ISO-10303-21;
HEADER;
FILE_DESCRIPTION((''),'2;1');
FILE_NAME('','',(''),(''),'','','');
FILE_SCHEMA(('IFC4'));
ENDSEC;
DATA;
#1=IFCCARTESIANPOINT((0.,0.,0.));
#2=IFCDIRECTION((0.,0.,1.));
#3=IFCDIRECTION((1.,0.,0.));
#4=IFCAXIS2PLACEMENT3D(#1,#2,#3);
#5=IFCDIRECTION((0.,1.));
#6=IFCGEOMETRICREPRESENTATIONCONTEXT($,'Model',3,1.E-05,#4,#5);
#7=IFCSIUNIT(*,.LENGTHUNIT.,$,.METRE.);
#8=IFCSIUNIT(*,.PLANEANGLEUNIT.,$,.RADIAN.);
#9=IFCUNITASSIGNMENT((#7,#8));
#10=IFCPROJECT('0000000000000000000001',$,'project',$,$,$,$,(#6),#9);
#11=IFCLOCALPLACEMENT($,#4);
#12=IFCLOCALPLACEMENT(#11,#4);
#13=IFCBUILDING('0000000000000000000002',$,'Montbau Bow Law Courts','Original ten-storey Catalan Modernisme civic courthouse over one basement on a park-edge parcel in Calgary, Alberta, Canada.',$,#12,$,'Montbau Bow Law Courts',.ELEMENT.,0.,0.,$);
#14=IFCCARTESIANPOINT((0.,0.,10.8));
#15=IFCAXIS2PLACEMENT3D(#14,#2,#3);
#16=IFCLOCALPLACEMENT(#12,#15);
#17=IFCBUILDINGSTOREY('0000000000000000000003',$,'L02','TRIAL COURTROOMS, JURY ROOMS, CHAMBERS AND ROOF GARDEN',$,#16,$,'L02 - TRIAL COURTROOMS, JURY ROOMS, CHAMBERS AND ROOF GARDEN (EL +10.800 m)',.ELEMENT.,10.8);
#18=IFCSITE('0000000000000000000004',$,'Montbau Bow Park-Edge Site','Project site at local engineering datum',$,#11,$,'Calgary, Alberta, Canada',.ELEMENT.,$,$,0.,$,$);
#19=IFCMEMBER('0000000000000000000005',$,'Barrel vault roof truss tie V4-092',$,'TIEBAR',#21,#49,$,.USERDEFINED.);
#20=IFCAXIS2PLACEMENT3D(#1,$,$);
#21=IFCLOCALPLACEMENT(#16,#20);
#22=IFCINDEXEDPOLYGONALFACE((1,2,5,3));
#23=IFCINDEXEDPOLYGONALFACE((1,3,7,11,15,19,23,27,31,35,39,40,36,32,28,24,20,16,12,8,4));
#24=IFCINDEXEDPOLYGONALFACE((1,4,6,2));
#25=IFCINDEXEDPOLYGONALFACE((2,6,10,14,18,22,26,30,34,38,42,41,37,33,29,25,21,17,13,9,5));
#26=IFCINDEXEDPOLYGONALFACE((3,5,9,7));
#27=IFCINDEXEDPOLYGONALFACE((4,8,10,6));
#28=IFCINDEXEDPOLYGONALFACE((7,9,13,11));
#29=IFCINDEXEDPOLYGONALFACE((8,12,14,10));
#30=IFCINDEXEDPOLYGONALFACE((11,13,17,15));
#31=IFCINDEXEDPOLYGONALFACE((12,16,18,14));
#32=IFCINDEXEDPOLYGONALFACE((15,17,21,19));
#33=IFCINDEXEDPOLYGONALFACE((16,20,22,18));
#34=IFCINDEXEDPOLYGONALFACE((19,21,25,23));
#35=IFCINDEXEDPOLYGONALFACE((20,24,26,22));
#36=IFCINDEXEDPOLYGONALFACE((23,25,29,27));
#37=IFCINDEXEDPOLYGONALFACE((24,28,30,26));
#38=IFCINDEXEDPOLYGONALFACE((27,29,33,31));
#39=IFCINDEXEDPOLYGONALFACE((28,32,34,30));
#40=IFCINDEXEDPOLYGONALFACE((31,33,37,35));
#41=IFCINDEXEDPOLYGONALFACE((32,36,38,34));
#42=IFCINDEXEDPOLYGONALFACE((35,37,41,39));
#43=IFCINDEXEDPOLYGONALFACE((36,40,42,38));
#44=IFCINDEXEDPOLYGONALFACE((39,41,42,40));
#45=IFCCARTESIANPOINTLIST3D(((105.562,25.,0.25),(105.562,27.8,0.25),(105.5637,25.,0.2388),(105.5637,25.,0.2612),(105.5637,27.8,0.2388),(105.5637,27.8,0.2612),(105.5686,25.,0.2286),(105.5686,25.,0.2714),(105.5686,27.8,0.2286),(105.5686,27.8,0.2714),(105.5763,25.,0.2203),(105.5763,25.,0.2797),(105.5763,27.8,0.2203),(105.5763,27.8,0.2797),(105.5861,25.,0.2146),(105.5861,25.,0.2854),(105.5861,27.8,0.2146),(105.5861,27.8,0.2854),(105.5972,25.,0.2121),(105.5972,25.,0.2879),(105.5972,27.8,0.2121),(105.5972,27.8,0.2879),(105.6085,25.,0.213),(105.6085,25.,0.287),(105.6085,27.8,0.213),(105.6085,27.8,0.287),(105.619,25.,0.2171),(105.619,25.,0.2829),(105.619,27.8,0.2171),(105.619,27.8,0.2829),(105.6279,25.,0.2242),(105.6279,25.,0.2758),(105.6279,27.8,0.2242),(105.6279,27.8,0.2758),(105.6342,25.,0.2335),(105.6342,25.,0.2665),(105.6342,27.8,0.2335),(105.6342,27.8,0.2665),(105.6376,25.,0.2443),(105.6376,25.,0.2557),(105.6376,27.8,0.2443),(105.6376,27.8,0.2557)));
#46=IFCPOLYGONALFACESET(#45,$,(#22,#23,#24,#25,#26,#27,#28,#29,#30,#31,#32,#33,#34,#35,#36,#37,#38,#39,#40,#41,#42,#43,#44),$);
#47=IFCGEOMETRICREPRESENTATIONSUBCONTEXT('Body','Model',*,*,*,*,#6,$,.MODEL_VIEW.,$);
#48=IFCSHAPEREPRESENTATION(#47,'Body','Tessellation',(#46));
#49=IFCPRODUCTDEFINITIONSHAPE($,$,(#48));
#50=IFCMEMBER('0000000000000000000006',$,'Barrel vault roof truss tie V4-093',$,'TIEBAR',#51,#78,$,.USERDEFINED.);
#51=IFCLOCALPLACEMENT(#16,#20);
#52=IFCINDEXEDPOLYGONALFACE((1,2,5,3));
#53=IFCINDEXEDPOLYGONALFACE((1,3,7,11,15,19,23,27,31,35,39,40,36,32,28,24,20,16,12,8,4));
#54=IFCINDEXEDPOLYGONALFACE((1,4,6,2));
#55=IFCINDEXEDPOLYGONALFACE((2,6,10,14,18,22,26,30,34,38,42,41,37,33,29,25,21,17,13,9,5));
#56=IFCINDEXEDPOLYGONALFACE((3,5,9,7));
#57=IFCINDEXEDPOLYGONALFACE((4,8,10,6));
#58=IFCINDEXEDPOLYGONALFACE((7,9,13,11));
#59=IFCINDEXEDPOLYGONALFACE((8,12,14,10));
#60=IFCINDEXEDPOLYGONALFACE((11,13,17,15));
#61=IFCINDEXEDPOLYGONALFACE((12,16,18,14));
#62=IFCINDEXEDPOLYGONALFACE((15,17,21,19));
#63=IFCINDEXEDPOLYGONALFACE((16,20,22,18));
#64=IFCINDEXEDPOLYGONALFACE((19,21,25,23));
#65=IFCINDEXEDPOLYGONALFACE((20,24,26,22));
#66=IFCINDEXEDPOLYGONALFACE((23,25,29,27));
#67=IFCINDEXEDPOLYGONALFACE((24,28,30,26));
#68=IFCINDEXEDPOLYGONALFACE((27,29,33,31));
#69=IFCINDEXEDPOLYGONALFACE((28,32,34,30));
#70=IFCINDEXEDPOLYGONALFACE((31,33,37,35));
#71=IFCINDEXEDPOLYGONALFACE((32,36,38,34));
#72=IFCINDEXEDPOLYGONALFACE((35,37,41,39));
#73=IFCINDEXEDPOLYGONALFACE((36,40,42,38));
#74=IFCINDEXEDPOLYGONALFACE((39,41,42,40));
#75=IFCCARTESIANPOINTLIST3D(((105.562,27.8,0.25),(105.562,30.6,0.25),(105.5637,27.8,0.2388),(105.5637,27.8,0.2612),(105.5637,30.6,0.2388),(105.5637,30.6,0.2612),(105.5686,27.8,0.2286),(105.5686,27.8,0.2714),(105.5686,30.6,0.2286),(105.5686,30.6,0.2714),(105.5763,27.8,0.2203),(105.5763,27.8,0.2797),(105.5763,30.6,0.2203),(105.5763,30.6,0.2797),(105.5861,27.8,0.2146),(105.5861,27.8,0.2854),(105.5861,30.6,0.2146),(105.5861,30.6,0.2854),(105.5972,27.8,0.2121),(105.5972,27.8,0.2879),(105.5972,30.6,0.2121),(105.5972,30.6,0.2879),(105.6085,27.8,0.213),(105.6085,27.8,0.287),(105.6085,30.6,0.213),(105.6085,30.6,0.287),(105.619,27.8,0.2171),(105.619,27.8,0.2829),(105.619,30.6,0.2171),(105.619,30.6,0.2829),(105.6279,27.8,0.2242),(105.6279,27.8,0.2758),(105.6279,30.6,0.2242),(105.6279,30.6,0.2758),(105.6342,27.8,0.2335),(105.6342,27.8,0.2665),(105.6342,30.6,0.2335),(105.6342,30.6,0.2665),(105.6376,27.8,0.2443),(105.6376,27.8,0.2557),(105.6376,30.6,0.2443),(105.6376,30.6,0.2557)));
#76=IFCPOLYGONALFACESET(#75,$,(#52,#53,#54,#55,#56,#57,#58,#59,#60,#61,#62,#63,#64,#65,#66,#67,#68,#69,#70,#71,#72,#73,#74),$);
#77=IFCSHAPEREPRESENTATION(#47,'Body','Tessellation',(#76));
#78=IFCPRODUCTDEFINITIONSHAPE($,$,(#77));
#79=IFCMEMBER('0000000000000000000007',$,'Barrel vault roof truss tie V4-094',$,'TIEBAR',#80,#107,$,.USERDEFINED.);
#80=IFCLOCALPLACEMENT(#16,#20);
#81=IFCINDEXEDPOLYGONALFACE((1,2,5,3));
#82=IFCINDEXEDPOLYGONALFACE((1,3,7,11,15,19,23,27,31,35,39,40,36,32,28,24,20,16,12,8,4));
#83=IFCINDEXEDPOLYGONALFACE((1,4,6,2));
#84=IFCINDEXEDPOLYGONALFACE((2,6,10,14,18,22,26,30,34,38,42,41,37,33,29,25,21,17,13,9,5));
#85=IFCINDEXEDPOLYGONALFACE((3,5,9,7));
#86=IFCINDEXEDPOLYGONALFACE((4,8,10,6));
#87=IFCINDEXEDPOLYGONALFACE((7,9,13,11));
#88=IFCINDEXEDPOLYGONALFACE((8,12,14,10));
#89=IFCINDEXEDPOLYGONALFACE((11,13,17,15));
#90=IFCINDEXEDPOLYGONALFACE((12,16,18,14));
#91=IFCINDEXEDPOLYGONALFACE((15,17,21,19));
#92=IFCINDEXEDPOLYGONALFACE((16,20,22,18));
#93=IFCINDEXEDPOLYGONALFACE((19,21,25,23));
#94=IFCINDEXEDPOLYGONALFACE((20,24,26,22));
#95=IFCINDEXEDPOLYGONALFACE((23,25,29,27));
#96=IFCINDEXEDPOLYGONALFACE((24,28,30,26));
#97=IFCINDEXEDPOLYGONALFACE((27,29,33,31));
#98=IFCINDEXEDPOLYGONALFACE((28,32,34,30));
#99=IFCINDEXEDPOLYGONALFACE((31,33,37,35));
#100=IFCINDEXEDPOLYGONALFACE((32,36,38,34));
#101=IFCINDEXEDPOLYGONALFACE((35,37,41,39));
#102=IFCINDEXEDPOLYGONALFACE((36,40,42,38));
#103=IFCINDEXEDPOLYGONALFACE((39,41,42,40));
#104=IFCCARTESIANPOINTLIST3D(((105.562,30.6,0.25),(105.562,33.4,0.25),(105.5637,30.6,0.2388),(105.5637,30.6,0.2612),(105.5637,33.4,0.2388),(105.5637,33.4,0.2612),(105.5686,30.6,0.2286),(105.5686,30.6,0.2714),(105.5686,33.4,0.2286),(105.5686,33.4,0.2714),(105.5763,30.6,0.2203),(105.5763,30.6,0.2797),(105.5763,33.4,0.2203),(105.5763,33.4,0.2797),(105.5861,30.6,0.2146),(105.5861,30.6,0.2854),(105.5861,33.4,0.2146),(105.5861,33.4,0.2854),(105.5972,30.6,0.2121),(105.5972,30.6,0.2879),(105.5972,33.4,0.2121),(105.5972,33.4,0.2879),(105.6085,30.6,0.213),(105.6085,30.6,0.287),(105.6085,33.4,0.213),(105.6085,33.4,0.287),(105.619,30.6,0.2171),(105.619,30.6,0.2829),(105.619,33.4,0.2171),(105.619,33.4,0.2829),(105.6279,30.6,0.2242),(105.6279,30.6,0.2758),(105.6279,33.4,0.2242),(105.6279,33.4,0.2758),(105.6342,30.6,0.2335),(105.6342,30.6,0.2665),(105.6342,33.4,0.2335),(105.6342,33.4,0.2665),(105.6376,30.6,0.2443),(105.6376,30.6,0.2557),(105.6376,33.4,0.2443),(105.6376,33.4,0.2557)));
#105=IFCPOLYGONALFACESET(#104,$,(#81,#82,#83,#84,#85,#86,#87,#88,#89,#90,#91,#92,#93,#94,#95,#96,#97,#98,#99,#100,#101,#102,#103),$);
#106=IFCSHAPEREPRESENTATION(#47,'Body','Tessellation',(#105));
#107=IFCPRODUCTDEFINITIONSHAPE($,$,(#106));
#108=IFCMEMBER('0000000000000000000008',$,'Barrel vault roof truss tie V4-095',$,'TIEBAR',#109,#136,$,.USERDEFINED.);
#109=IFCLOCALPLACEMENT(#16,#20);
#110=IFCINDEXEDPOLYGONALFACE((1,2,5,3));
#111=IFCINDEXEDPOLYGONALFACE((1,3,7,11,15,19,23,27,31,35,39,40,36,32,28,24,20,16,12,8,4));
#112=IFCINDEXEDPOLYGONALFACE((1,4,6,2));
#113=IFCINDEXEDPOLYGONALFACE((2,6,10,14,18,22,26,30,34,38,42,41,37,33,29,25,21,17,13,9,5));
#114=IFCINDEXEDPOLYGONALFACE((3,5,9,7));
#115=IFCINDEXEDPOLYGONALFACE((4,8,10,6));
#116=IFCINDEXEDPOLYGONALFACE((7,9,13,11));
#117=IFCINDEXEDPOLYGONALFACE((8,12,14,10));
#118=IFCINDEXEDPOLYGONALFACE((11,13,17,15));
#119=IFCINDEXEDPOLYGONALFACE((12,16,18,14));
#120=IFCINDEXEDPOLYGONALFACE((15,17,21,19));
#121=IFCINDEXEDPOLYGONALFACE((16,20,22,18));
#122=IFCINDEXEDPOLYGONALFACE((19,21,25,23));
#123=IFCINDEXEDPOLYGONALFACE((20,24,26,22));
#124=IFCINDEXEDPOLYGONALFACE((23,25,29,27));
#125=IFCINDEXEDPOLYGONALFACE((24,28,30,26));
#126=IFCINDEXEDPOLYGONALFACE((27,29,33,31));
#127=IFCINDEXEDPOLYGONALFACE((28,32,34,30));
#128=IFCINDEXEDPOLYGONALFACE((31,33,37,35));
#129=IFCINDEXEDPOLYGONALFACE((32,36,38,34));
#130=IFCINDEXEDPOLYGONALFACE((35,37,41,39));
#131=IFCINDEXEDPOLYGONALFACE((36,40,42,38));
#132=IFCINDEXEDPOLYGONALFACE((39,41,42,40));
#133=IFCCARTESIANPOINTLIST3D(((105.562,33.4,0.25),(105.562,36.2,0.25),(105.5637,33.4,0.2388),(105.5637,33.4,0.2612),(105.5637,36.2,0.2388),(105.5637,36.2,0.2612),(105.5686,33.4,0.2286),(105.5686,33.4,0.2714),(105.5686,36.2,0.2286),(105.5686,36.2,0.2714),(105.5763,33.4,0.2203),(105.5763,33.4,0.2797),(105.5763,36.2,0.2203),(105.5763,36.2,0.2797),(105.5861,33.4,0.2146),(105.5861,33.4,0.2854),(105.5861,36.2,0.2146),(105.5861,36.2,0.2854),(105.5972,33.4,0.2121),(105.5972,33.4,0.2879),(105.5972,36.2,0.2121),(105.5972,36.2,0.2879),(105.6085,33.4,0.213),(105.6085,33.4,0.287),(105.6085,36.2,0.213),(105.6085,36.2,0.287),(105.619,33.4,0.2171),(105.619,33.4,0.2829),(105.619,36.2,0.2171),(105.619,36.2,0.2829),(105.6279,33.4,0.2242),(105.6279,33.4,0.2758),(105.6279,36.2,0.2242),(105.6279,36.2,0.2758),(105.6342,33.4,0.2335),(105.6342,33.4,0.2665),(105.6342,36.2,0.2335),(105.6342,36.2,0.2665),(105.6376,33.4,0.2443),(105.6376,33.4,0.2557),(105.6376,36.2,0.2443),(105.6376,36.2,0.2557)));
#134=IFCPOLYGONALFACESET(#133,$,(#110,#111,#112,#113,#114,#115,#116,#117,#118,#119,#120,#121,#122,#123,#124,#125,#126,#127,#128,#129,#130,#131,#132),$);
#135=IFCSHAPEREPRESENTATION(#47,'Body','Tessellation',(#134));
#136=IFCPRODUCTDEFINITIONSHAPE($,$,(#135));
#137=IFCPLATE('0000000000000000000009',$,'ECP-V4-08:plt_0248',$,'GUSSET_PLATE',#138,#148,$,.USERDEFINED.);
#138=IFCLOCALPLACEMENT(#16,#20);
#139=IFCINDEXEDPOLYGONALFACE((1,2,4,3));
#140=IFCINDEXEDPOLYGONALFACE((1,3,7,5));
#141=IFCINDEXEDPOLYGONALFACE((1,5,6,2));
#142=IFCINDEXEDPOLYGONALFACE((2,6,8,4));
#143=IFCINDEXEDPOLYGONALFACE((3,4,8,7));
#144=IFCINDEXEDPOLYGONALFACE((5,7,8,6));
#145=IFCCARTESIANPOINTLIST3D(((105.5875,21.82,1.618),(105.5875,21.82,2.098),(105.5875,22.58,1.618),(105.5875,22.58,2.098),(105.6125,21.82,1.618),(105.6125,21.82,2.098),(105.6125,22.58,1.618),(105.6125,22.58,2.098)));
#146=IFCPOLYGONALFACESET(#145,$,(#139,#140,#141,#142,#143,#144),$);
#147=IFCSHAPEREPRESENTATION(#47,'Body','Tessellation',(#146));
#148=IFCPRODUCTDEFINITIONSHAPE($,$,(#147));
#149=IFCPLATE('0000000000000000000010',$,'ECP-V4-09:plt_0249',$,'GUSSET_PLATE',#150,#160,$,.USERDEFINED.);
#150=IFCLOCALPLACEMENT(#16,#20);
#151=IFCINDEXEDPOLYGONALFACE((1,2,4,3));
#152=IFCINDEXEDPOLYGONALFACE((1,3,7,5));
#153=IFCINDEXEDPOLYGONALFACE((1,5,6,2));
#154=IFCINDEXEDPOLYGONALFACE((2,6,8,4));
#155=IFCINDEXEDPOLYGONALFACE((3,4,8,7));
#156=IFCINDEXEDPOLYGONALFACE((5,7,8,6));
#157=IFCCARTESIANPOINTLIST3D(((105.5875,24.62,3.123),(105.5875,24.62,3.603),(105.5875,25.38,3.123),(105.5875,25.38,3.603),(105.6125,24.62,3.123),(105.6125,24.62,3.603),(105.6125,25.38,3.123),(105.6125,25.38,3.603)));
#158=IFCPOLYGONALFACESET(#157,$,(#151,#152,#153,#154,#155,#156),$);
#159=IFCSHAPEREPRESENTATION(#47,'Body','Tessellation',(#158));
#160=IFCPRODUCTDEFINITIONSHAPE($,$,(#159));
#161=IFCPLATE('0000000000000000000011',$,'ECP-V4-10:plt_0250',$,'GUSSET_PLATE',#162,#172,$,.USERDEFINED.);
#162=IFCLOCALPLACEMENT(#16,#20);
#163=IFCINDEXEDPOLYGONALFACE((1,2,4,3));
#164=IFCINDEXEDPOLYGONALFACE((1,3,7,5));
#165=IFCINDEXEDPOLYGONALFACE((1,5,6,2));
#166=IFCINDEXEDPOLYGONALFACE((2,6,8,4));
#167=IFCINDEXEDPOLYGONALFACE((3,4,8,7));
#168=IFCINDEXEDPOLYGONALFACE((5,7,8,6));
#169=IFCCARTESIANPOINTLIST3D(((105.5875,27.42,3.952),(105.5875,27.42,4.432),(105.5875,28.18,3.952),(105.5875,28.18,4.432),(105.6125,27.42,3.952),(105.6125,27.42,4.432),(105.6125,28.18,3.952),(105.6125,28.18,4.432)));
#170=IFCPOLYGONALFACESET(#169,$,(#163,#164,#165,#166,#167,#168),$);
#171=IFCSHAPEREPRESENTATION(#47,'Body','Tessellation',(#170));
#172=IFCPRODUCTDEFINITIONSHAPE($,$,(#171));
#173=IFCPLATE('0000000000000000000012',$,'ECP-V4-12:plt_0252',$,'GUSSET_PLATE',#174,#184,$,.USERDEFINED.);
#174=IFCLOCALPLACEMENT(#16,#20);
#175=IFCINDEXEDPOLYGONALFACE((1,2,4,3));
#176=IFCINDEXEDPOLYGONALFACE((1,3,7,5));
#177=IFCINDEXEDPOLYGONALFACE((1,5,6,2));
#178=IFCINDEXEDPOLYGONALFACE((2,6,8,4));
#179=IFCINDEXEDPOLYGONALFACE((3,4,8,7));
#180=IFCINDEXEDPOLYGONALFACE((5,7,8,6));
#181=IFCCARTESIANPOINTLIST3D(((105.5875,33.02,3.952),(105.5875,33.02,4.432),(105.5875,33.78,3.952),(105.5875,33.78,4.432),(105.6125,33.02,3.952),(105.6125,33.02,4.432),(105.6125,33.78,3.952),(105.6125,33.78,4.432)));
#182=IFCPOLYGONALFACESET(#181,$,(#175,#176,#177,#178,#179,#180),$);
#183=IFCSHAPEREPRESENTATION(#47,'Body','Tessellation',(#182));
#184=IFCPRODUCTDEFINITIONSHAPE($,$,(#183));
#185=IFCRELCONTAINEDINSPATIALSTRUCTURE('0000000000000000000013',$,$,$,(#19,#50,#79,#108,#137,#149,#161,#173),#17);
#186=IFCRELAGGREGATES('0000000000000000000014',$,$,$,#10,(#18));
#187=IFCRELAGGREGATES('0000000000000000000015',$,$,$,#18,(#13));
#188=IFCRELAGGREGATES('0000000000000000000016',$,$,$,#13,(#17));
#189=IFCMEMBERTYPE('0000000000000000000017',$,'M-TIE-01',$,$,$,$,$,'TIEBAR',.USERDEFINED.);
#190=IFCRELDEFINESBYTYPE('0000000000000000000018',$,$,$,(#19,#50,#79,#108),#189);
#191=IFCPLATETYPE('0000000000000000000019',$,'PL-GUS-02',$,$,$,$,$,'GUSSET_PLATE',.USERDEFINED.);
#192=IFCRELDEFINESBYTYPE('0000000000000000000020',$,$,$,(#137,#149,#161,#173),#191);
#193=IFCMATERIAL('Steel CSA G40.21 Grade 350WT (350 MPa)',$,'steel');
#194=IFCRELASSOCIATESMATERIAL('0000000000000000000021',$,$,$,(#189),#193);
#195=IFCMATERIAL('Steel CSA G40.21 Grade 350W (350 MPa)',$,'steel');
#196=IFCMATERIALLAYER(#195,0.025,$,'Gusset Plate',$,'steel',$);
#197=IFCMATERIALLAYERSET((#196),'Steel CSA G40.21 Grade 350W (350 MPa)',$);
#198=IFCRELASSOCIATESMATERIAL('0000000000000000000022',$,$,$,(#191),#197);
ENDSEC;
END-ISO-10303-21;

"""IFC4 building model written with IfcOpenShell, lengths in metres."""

from ifc_helpers import new_model, si_unit, direction, frame, origin_with_axes, origin_2d_with_axis, place, context, subcontext, project, spatial, rectangle, circle, extrude, material, layer, layer_set, material_profile, profile_set, type_object, element, save


model = new_model("IFC4")

# Units and contexts
model_context = context("Model", 3, precision=1e-05, world=origin_with_axes(), true_north=direction((0.0, 1.0)))
body_context = subcontext(model_context, "Body", "Model", "MODEL_VIEW")
ifc_project = project(units=[si_unit("LENGTHUNIT", "METRE"), si_unit("PLANEANGLEUNIT", "RADIAN")], contexts=[model_context])

# Site, building, storey
site_placement = place(None, origin_with_axes())
site = spatial("IfcSite", under=ifc_project, at=site_placement, Name="Montbau Bow Park-Edge Site", Description="Project site at local engineering datum", LongName="Calgary, Alberta, Canada", CompositionType="ELEMENT", RefElevation=0.0)
building_placement = place(site_placement, origin_with_axes())
building = spatial("IfcBuilding", under=site, at=building_placement, Name="Montbau Bow Law Courts", Description="Original ten-storey Catalan Modernisme civic courthouse over one basement on a park-edge parcel in Calgary, Alberta, Canada.", LongName="Montbau Bow Law Courts", CompositionType="ELEMENT", ElevationOfRefHeight=0.0, ElevationOfTerrain=0.0)
storey_placement = place(building_placement, frame((0.0, 0.0, 10.8), z_axis=(0.0, 0.0, 1.0), x_axis=(1.0, 0.0, 0.0)))
storey = spatial("IfcBuildingStorey", under=building, at=storey_placement, Name="L02", Description="TRIAL COURTROOMS, JURY ROOMS, CHAMBERS AND ROOF GARDEN", LongName="L02 - TRIAL COURTROOMS, JURY ROOMS, CHAMBERS AND ROOF GARDEN (EL +10.800 m)", CompositionType="ELEMENT", Elevation=10.8)

# Shared definitions
ifc_material_1 = material(Name="Steel CSA G40.21 Grade 350W (350 MPa)", Category="steel")

# Shared definitions
ifc_material_2 = material(Name="Steel CSA G40.21 Grade 350WT (350 MPa)", Category="steel")

# Members
ifc_material_profile_1 = material_profile(ifc_material_2, circle(Radius=0.038, at=origin_2d_with_axis()), Name="ROD76", Category="Main", Priority=0)
ifc_profile_set_1 = profile_set([ifc_material_profile_1], Name="Steel CSA G40.21 Grade 350WT (350 MPa)")
member_type_1 = type_object("IfcMemberType", Name="M-TIE-01", ElementType="TIEBAR", PredefinedType="USERDEFINED", material=ifc_profile_set_1)
for number, where, z_axis, x_axis, name in (
    (1, (105.6, 25.0, 11.05), (0.0, 1.0, 0.0), (-1.0, 0.0, 0.0), "Barrel vault roof truss tie V4-092"),
    (2, (105.6, 27.8, 11.05), (0.0, 1.0, 0.0), (-1.0, 0.0, 0.0), "Barrel vault roof truss tie V4-093"),
    (3, (105.6, 30.6, 11.05), (0.0, 1.0, 0.0), (-1.0, 0.0, 0.0), "Barrel vault roof truss tie V4-094"),
    (4, (105.6, 33.4, 11.05), (0.0, 1.0, 0.0), (-1.0, 0.0, 0.0), "Barrel vault roof truss tie V4-095"),
):
    element("IfcMember", number, at=place(None, frame(where, z_axis=z_axis, x_axis=x_axis)), inside=storey, type_object=member_type_1, Name=name, ObjectType="TIEBAR", PredefinedType="USERDEFINED", context=body_context, shape_type="SweptSolid", body=[
        extrude(circle(Radius=0.038, at=origin_2d_with_axis()), origin_with_axes(), (0.0, 0.0, 1.0), 2.8),
    ])

# Plates
ifc_layer = layer(ifc_material_1, 0.025, Name="Gusset Plate", Category="steel")
ifc_layer_set = layer_set([ifc_layer], Name="Steel CSA G40.21 Grade 350W (350 MPa)")
plate_type = type_object("IfcPlateType", Name="PL-GUS-02", ElementType="GUSSET_PLATE", PredefinedType="USERDEFINED", material=ifc_layer_set)
for number, where, z_axis, x_axis, name in (
    (5, (105.6, 22.2, 12.418), (0.0, 0.0, 1.0), (1.0, 0.0, 0.0), "ECP-V4-08:plt_0248"),
    (6, (105.6, 25.0, 13.923), (0.0, 0.0, 1.0), (1.0, 0.0, 0.0), "ECP-V4-09:plt_0249"),
    (7, (105.6, 27.8, 14.752), (0.0, 0.0, 1.0), (1.0, 0.0, 0.0), "ECP-V4-10:plt_0250"),
    (8, (105.6, 33.4, 14.752), (0.0, 0.0, 1.0), (1.0, 0.0, 0.0), "ECP-V4-12:plt_0252"),
):
    element("IfcPlate", number, at=place(None, frame(where, z_axis=z_axis, x_axis=x_axis)), inside=storey, type_object=plate_type, Name=name, ObjectType="GUSSET_PLATE", PredefinedType="USERDEFINED", context=body_context, shape_type="SweptSolid", body=[
        extrude(rectangle(XDim=0.025, YDim=0.76, at=origin_2d_with_axis()), origin_with_axes(), (0.0, 0.0, 1.0), 0.48),
    ])

save(model, "model.ifc")
